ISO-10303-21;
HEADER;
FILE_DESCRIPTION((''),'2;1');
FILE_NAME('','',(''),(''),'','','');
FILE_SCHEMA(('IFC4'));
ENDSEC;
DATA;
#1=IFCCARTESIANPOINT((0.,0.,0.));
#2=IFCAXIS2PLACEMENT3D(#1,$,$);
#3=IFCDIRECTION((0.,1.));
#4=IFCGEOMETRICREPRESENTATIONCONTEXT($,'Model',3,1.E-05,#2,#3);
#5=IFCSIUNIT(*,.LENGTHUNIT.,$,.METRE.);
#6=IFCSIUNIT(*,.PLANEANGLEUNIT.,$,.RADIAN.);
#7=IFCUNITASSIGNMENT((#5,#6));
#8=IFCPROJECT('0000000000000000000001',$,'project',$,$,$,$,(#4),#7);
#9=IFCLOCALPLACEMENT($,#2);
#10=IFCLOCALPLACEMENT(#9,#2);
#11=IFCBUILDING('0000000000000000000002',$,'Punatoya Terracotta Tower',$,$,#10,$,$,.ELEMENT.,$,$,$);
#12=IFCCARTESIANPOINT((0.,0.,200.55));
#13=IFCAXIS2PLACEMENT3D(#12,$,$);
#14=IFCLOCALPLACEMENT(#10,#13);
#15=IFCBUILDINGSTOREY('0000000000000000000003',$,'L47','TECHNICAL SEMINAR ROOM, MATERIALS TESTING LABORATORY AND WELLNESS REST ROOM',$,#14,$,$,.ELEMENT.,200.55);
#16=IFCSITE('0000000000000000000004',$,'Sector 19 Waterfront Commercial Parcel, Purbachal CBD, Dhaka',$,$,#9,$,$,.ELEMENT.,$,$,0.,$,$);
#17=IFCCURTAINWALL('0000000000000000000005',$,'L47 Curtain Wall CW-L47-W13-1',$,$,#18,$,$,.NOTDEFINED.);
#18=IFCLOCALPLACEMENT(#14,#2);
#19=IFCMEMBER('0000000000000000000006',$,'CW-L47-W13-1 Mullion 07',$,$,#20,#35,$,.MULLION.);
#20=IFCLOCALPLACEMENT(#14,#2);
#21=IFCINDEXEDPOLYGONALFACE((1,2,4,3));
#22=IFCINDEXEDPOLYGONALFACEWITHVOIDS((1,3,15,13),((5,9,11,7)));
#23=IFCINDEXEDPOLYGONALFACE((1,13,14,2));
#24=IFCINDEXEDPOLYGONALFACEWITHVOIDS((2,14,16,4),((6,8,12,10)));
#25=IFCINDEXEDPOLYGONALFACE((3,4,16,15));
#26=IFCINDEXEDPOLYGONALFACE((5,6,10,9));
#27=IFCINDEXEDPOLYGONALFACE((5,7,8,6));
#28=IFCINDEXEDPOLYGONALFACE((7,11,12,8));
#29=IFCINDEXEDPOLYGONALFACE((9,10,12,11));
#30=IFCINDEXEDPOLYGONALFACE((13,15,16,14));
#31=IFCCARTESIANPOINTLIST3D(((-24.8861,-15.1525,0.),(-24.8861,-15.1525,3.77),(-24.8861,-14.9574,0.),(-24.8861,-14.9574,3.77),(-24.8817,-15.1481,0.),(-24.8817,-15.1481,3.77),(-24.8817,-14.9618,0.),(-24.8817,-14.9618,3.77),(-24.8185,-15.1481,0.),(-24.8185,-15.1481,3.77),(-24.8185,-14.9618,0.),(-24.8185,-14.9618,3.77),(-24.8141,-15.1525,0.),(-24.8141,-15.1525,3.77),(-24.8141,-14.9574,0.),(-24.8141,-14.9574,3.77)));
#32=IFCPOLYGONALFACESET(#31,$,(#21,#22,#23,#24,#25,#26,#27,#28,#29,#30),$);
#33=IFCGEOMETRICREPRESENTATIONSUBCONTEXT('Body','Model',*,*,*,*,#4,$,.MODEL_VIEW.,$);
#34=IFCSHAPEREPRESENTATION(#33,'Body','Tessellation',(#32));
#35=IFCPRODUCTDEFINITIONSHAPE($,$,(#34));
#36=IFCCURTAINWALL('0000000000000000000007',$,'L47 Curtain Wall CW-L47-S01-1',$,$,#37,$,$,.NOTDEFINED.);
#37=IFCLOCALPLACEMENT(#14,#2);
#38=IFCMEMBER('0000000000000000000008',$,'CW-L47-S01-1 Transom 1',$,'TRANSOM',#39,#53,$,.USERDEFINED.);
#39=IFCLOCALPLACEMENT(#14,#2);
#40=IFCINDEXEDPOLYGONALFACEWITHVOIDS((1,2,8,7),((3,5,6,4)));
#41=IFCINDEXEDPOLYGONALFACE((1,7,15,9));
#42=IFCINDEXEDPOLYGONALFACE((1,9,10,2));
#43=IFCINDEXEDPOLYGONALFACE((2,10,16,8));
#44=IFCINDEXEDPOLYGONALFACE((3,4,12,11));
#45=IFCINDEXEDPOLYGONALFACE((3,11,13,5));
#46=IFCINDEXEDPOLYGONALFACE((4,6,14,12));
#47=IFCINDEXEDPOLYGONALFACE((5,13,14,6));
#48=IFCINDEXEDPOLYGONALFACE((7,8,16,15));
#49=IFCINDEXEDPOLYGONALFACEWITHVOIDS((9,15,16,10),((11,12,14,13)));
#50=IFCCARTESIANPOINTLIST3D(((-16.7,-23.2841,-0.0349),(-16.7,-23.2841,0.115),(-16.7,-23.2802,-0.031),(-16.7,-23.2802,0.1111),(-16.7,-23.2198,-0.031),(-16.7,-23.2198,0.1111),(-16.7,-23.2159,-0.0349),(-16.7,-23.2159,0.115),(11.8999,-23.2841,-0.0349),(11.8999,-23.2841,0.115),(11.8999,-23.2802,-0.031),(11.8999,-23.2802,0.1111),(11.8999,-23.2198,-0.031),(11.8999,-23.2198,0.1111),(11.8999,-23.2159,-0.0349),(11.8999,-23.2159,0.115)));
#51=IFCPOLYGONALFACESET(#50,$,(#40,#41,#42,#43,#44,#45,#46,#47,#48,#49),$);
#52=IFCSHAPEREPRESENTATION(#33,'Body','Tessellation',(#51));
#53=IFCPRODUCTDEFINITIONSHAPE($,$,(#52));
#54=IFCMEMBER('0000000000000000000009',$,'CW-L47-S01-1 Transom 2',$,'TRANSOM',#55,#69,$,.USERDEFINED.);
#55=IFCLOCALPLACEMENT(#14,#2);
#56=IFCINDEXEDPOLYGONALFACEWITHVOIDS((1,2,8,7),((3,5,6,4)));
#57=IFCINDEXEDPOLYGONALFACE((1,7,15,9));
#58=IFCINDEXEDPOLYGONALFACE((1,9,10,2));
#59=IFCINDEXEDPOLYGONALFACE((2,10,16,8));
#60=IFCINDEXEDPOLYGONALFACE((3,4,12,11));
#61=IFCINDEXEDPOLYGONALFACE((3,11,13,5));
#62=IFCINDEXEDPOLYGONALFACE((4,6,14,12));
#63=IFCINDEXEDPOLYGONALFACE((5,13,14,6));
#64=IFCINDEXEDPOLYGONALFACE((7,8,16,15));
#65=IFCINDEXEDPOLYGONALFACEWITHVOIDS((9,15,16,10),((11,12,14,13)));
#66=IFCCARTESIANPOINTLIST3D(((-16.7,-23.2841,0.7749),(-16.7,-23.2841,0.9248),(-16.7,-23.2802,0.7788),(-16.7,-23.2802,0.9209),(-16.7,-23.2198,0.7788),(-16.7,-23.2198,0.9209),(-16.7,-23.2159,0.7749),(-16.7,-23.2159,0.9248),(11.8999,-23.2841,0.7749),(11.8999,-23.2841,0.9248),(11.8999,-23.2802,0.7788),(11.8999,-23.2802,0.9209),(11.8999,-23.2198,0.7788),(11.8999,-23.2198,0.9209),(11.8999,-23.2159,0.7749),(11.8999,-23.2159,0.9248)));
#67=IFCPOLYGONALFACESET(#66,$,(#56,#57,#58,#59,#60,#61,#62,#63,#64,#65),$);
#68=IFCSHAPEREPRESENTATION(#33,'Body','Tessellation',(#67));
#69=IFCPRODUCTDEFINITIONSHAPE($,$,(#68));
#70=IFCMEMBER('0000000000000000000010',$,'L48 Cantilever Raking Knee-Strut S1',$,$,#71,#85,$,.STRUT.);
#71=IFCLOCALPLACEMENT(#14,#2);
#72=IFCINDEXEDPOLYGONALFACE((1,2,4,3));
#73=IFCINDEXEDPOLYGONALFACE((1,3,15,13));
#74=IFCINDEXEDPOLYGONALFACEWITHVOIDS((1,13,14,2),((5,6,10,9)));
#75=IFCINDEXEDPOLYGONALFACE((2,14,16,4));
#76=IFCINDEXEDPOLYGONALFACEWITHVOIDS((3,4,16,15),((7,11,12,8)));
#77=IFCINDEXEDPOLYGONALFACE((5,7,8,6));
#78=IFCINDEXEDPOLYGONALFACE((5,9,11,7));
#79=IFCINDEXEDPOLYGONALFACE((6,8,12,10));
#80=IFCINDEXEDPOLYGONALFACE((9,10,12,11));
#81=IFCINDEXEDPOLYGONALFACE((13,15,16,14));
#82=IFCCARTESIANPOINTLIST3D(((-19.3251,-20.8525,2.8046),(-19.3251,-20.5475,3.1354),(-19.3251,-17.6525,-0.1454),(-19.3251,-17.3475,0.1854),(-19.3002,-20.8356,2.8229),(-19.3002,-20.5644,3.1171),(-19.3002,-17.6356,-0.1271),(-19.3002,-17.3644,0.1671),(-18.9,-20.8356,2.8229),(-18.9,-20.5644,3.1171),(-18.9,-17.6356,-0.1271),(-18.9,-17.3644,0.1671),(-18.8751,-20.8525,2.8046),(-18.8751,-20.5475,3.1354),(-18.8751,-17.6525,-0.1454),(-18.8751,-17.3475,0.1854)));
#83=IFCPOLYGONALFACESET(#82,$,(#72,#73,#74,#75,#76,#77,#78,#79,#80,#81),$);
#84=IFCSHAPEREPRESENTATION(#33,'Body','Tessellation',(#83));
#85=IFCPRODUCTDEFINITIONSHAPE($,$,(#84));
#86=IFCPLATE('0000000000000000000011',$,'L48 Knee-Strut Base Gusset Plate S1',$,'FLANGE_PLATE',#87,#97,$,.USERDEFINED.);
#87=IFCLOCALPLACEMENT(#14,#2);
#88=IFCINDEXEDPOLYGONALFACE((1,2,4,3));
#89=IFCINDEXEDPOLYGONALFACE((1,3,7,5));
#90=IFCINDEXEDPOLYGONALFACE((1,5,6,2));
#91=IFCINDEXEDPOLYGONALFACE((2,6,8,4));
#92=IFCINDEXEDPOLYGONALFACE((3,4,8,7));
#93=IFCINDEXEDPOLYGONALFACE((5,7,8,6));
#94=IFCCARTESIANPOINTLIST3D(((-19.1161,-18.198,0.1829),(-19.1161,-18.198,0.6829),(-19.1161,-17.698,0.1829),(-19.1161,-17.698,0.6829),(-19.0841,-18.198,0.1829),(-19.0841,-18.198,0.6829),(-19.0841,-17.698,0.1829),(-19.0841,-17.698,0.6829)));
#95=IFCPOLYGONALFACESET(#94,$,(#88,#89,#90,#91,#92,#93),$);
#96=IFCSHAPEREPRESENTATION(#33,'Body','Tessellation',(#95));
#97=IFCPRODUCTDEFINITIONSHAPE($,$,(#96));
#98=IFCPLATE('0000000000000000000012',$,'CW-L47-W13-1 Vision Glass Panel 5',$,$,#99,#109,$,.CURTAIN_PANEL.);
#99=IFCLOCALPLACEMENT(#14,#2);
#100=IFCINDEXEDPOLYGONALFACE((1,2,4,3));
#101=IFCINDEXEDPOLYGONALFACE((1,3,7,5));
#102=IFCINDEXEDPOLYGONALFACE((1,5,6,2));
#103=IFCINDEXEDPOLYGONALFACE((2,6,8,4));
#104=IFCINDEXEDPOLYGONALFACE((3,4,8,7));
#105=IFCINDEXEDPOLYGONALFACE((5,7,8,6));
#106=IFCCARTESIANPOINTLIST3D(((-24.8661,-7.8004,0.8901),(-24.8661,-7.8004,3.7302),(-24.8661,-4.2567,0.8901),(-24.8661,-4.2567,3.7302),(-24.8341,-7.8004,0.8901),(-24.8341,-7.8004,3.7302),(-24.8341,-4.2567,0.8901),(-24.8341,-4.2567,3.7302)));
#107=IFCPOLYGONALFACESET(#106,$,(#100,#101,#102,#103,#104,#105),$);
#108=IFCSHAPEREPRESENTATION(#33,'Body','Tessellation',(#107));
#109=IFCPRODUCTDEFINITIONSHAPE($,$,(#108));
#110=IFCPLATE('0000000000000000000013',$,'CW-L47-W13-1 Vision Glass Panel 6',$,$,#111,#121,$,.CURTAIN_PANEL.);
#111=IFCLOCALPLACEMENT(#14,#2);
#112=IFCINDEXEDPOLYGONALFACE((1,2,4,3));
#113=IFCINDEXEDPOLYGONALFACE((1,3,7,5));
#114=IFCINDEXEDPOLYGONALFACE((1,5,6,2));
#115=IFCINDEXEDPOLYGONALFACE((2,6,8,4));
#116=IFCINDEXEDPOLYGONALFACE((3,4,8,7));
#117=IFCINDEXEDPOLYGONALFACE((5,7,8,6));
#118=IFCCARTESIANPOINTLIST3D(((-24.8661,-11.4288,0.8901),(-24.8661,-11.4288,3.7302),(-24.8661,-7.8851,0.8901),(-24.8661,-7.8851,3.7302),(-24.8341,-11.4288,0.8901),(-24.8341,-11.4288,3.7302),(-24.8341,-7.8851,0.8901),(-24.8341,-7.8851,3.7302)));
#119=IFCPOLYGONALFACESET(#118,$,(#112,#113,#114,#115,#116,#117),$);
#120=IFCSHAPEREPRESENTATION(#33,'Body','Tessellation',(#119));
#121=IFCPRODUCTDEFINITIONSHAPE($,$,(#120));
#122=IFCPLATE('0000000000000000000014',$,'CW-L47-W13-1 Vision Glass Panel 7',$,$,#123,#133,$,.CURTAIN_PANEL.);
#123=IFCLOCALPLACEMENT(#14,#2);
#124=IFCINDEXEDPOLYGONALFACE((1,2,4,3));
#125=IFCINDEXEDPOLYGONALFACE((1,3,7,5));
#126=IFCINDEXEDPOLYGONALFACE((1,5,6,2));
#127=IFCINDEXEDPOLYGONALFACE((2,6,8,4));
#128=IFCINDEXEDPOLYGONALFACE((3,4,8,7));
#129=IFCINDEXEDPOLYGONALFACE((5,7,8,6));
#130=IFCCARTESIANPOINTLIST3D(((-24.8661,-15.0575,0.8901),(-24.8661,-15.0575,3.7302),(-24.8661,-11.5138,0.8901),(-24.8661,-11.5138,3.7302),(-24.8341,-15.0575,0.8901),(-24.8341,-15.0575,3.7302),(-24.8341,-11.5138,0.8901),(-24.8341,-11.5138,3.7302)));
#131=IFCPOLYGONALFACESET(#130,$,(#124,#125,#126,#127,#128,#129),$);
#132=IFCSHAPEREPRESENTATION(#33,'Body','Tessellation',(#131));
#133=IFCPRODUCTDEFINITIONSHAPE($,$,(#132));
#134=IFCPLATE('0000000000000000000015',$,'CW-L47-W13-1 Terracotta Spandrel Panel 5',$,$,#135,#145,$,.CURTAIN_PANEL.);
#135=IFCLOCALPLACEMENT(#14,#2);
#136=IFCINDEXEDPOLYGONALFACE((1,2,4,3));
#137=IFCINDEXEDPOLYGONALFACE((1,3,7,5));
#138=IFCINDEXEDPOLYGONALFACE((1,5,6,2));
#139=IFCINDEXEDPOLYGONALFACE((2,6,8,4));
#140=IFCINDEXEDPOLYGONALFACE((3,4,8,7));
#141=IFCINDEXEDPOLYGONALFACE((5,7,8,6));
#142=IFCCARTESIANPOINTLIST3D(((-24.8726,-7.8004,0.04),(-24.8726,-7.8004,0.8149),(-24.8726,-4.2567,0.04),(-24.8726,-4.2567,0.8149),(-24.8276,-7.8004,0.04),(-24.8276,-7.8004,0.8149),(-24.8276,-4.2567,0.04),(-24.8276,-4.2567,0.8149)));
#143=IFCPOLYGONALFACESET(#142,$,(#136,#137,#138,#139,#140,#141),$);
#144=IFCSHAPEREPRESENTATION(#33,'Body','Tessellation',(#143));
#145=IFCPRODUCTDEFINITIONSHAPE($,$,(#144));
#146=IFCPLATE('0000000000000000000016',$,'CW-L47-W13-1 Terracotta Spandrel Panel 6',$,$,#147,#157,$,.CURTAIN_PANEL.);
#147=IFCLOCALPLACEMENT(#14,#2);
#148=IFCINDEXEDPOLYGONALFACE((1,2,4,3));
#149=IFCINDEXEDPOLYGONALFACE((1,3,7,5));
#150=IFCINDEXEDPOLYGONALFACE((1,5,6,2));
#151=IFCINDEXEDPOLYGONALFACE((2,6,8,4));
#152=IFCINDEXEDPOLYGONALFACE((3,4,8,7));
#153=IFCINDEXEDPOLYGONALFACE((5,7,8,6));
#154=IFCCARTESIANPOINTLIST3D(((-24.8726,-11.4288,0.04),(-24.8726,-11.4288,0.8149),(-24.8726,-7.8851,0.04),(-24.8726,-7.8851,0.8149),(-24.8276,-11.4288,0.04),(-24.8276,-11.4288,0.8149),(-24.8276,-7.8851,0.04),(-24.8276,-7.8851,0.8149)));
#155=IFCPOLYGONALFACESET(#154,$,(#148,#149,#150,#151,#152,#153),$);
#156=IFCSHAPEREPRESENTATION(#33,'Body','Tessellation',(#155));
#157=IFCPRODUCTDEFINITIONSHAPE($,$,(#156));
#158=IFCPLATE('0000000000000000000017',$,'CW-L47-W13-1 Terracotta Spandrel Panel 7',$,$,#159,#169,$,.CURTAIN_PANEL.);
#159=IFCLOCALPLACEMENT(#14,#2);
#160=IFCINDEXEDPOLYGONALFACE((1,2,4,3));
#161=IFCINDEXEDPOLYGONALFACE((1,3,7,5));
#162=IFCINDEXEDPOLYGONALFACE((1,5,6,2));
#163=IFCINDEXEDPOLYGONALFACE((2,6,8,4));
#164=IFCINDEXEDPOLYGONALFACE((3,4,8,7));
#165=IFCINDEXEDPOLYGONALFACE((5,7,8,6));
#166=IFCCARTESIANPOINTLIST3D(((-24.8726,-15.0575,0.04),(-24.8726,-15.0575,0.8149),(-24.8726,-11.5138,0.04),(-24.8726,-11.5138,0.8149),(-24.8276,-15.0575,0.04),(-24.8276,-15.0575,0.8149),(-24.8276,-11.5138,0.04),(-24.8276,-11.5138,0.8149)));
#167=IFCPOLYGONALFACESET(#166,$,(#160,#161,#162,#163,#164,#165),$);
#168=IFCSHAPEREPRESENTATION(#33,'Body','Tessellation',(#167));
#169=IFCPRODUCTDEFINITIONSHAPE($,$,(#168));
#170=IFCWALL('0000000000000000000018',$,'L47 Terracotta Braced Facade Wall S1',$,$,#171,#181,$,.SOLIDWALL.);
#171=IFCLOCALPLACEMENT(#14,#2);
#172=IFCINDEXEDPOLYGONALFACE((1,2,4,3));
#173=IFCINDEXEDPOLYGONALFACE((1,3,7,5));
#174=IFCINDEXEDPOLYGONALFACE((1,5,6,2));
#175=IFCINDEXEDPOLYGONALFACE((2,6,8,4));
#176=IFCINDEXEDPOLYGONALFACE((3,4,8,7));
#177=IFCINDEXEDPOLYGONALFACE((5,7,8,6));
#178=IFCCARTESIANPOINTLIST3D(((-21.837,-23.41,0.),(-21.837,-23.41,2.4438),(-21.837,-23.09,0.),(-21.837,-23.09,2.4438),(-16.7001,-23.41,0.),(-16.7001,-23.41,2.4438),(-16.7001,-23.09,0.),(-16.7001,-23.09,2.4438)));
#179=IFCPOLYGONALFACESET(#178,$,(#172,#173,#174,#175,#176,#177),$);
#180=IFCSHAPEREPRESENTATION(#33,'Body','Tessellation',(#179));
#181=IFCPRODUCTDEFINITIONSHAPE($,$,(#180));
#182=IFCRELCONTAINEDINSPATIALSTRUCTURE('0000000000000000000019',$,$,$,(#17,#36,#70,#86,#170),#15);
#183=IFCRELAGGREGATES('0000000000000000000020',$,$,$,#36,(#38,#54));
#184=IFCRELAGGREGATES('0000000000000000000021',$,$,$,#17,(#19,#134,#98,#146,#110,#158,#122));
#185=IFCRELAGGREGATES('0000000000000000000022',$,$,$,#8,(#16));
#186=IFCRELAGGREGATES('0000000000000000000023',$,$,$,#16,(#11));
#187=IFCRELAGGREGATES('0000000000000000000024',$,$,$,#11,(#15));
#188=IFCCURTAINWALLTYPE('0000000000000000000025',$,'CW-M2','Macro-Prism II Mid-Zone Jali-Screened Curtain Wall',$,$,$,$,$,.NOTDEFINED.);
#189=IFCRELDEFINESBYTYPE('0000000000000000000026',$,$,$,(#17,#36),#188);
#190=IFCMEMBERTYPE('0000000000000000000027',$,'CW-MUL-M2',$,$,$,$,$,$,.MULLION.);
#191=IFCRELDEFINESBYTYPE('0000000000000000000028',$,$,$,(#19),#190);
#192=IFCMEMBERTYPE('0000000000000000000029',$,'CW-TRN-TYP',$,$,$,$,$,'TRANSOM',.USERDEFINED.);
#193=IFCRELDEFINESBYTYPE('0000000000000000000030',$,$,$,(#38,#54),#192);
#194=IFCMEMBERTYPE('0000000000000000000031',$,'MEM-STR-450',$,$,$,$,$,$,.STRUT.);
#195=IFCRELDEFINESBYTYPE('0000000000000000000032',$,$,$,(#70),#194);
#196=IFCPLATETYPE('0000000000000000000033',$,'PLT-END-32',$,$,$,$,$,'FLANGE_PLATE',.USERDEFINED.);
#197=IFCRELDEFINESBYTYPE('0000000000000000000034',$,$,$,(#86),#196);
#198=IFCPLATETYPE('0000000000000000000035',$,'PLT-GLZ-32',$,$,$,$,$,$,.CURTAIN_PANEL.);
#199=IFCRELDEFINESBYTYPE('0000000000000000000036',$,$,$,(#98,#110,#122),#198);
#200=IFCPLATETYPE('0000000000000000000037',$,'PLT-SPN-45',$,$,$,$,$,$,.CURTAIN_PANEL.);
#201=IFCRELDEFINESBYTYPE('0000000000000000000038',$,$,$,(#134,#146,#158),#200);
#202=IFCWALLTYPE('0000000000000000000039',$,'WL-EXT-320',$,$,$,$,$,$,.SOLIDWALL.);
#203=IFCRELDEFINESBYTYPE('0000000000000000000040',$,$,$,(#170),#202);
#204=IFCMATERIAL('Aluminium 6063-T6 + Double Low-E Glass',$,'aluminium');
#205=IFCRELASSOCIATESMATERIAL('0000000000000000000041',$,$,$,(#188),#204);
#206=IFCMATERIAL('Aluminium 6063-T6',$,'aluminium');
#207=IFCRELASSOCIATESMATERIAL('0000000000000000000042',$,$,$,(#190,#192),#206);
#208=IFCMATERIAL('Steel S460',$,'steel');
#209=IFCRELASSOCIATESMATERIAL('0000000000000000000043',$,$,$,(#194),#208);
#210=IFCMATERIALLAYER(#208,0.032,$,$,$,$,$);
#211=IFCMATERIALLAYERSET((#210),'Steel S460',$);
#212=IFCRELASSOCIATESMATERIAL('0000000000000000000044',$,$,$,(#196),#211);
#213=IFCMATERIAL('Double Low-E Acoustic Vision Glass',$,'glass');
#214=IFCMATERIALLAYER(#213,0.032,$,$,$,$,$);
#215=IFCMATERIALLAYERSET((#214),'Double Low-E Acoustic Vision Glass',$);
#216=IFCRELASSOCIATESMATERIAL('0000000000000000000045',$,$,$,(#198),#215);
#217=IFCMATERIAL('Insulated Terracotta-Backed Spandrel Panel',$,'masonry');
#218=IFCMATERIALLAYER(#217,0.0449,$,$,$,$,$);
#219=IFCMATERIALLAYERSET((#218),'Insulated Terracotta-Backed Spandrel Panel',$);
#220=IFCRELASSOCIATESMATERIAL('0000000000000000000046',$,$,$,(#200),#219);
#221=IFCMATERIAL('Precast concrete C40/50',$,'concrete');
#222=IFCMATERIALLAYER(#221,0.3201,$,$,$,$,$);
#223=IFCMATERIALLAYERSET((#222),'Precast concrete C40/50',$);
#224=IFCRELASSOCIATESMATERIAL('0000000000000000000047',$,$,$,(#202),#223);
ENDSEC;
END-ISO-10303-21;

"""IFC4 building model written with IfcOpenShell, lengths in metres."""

from ifc_helpers import new_model, si_unit, direction, frame, frame_2d, origin, origin_2d, place, context, subcontext, project, spatial, rectangle, hollow_rectangle, extrude, material, layer, layer_set, material_profile, profile_set, type_object, element, aggregate, save


model = new_model("IFC4")

# Units and contexts
model_context = context("Model", 3, precision=1e-05, world=origin(), true_north=direction((0.0, 1.0)))
body_context = subcontext(model_context, "Body", "Model", "MODEL_VIEW")
ifc_project = project(units=[si_unit("LENGTHUNIT", "METRE"), si_unit("PLANEANGLEUNIT", "RADIAN")], contexts=[model_context])

# Site, building, storey
site_placement = place(None, origin())
site = spatial("IfcSite", under=ifc_project, at=site_placement, Name="Sector 19 Waterfront Commercial Parcel, Purbachal CBD, Dhaka", CompositionType="ELEMENT", RefElevation=0.0)
building_placement = place(site_placement, origin())
building = spatial("IfcBuilding", under=site, at=building_placement, Name="Punatoya Terracotta Tower", CompositionType="ELEMENT")
storey_placement = place(building_placement, frame((0.0, 0.0, 200.55)))
storey = spatial("IfcBuildingStorey", under=building, at=storey_placement, Name="L47", Description="TECHNICAL SEMINAR ROOM, MATERIALS TESTING LABORATORY AND WELLNESS REST ROOM", CompositionType="ELEMENT", Elevation=200.55)

# Shared definitions
ifc_material_1 = material(Name="Steel S460", Category="steel")

# Curtain walls, members
ifc_material_2 = material(Name="Aluminium 6063-T6 + Double Low-E Glass", Category="aluminium")
curtain_wall_type = type_object("IfcCurtainWallType", Name="CW-M2", Description="Macro-Prism II Mid-Zone Jali-Screened Curtain Wall", PredefinedType="NOTDEFINED", material=ifc_material_2)
curtain_wall_1_placement = place(storey_placement, origin())
curtain_wall_1 = element("IfcCurtainWall", 1, at=curtain_wall_1_placement, inside=storey, type_object=curtain_wall_type, Name="L47 Curtain Wall CW-L47-W13-1", PredefinedType="NOTDEFINED")
ifc_material_3 = material(Name="Aluminium 6063-T6", Category="aluminium")
ifc_material_profile_1 = material_profile(ifc_material_3, hollow_rectangle(XDim=0.072, YDim=0.1951, WallThickness=0.0044, at=origin_2d()))
ifc_profile_set_1 = profile_set([ifc_material_profile_1], Name="Aluminium 6063-T6")
member_type_1 = type_object("IfcMemberType", Name="CW-MUL-M2", PredefinedType="MULLION", material=ifc_profile_set_1)
member_1_placement = place(storey_placement, frame((-24.8501, -15.0549, 0.0), z_axis=(0.0, 0.0, 1.0), x_axis=(1.0, 0.0, 0.0)))
member_1 = element("IfcMember", 2, at=member_1_placement, type_object=member_type_1, Name="CW-L47-W13-1 Mullion 07", PredefinedType="MULLION", context=body_context, shape_type="SweptSolid", body=[
    extrude(hollow_rectangle(XDim=0.072, YDim=0.1951, WallThickness=0.0044, at=origin_2d()), origin(), (0.0, 0.0, 1.0), 3.77),
])
curtain_wall_2_placement = place(storey_placement, origin())
curtain_wall_2 = element("IfcCurtainWall", 3, at=curtain_wall_2_placement, inside=storey, type_object=curtain_wall_type, Name="L47 Curtain Wall CW-L47-S01-1", PredefinedType="NOTDEFINED")
ifc_material_profile_2 = material_profile(ifc_material_3, hollow_rectangle(XDim=0.0681, YDim=0.1499, WallThickness=0.0039, at=origin_2d()))
ifc_profile_set_2 = profile_set([ifc_material_profile_2], Name="Aluminium 6063-T6")
member_type_2 = type_object("IfcMemberType", Name="CW-TRN-TYP", ElementType="TRANSOM", PredefinedType="USERDEFINED", material=ifc_profile_set_2)
member_2_placement = place(storey_placement, frame((-16.7, -23.25, 0.04), z_axis=(1.0, 0.0, 0.0), x_axis=(0.0, 1.0, 0.0)))
member_2 = element("IfcMember", 4, at=member_2_placement, type_object=member_type_2, Name="CW-L47-S01-1 Transom 1", ObjectType="TRANSOM", PredefinedType="USERDEFINED", context=body_context, shape_type="SweptSolid", body=[
    extrude(hollow_rectangle(XDim=0.0681, YDim=0.1499, WallThickness=0.0039, at=origin_2d()), origin(), (0.0, 0.0, 1.0), 28.5999),
])
member_3_placement = place(storey_placement, frame((-16.7, -23.25, 0.8499), z_axis=(1.0, 0.0, 0.0), x_axis=(0.0, 1.0, 0.0)))
member_3 = element("IfcMember", 5, at=member_3_placement, type_object=member_type_2, Name="CW-L47-S01-1 Transom 2", ObjectType="TRANSOM", PredefinedType="USERDEFINED", context=body_context, shape_type="SweptSolid", body=[
    extrude(hollow_rectangle(XDim=0.0681, YDim=0.1499, WallThickness=0.0039, at=origin_2d()), origin(), (0.0, 0.0, 1.0), 28.5999),
])
aggregate(curtain_wall_2, [member_2, member_3])

# Member
ifc_material_profile_3 = material_profile(ifc_material_1, hollow_rectangle(XDim=0.45, YDim=0.45, WallThickness=0.0249, at=origin_2d()))
ifc_profile_set_3 = profile_set([ifc_material_profile_3], Name="Steel S460")
member_type_3 = type_object("IfcMemberType", Name="MEM-STR-450", PredefinedType="STRUT", material=ifc_profile_set_3)
member_4_placement = place(storey_placement, frame((-19.1001, -17.5, 0.02), z_axis=(0.0, -0.735244, 0.677802), x_axis=(1.0, 0.0, 0.0)))
element("IfcMember", 6, at=member_4_placement, inside=storey, type_object=member_type_3, Name="L48 Cantilever Raking Knee-Strut S1", PredefinedType="STRUT", context=body_context, shape_type="SweptSolid", body=[
    extrude(hollow_rectangle(XDim=0.45, YDim=0.45, WallThickness=0.0249, at=origin_2d()), origin(), (0.0, 0.0, 1.0), 4.3523),
])

# Plates
ifc_layer_1 = layer(ifc_material_1, 0.032)
ifc_layer_set_1 = layer_set([ifc_layer_1], Name="Steel S460")
plate_type_1 = type_object("IfcPlateType", Name="PLT-END-32", ElementType="FLANGE_PLATE", PredefinedType="USERDEFINED", material=ifc_layer_set_1)
plate_1_placement = place(storey_placement, frame((-19.1001, -17.948, 0.1829), z_axis=(0.0, 0.0, 1.0), x_axis=(0.0, 1.0, 0.0)))
element("IfcPlate", 7, at=plate_1_placement, inside=storey, type_object=plate_type_1, Name="L48 Knee-Strut Base Gusset Plate S1", ObjectType="FLANGE_PLATE", PredefinedType="USERDEFINED", context=body_context, shape_type="SweptSolid", body=[
    extrude(rectangle(XDim=0.5, YDim=0.032, at=origin_2d()), origin(), (0.0, 0.0, 1.0), 0.5),
])
ifc_material_4 = material(Name="Double Low-E Acoustic Vision Glass", Category="glass")
ifc_layer_2 = layer(ifc_material_4, 0.032)
ifc_layer_set_2 = layer_set([ifc_layer_2], Name="Double Low-E Acoustic Vision Glass")
plate_type_2 = type_object("IfcPlateType", Name="PLT-GLZ-32", PredefinedType="CURTAIN_PANEL", material=ifc_layer_set_2)
plate_2_placement = place(storey_placement, frame((-24.8501, -6.0286, 0.8901), z_axis=(0.0, 0.0, 1.0), x_axis=(0.0, -1.0, 0.0)))
plate_2 = element("IfcPlate", 8, at=plate_2_placement, type_object=plate_type_2, Name="CW-L47-W13-1 Vision Glass Panel 5", PredefinedType="CURTAIN_PANEL", context=body_context, shape_type="SweptSolid", body=[
    extrude(rectangle(XDim=3.5437, YDim=0.032, at=origin_2d()), origin(), (0.0, 0.0, 1.0), 2.8401),
])
plate_3_placement = place(storey_placement, frame((-24.8501, -9.657, 0.8901), z_axis=(0.0, 0.0, 1.0), x_axis=(0.0, -1.0, 0.0)))
plate_3 = element("IfcPlate", 9, at=plate_3_placement, type_object=plate_type_2, Name="CW-L47-W13-1 Vision Glass Panel 6", PredefinedType="CURTAIN_PANEL", context=body_context, shape_type="SweptSolid", body=[
    extrude(rectangle(XDim=3.5437, YDim=0.032, at=origin_2d()), origin(), (0.0, 0.0, 1.0), 2.8401),
])
plate_4_placement = place(storey_placement, frame((-24.8501, -13.2856, 0.8901), z_axis=(0.0, 0.0, 1.0), x_axis=(0.0, -1.0, 0.0)))
plate_4 = element("IfcPlate", 10, at=plate_4_placement, type_object=plate_type_2, Name="CW-L47-W13-1 Vision Glass Panel 7", PredefinedType="CURTAIN_PANEL", context=body_context, shape_type="SweptSolid", body=[
    extrude(rectangle(XDim=3.5437, YDim=0.032, at=origin_2d()), origin(), (0.0, 0.0, 1.0), 2.8401),
])
ifc_material_5 = material(Name="Insulated Terracotta-Backed Spandrel Panel", Category="masonry")
ifc_layer_3 = layer(ifc_material_5, 0.0449)
ifc_layer_set_3 = layer_set([ifc_layer_3], Name="Insulated Terracotta-Backed Spandrel Panel")
plate_type_3 = type_object("IfcPlateType", Name="PLT-SPN-45", PredefinedType="CURTAIN_PANEL", material=ifc_layer_set_3)
plate_5_placement = place(storey_placement, frame((-24.8501, -6.0286, 0.04), z_axis=(0.0, 0.0, 1.0), x_axis=(0.0, -1.0, 0.0)))
plate_5 = element("IfcPlate", 11, at=plate_5_placement, type_object=plate_type_3, Name="CW-L47-W13-1 Terracotta Spandrel Panel 5", PredefinedType="CURTAIN_PANEL", context=body_context, shape_type="SweptSolid", body=[
    extrude(rectangle(XDim=3.5437, YDim=0.0449, at=origin_2d()), origin(), (0.0, 0.0, 1.0), 0.7749),
])
plate_6_placement = place(storey_placement, frame((-24.8501, -9.657, 0.04), z_axis=(0.0, 0.0, 1.0), x_axis=(0.0, -1.0, 0.0)))
plate_6 = element("IfcPlate", 12, at=plate_6_placement, type_object=plate_type_3, Name="CW-L47-W13-1 Terracotta Spandrel Panel 6", PredefinedType="CURTAIN_PANEL", context=body_context, shape_type="SweptSolid", body=[
    extrude(rectangle(XDim=3.5437, YDim=0.0449, at=origin_2d()), origin(), (0.0, 0.0, 1.0), 0.7749),
])
plate_7_placement = place(storey_placement, frame((-24.8501, -13.2856, 0.04), z_axis=(0.0, 0.0, 1.0), x_axis=(0.0, -1.0, 0.0)))
plate_7 = element("IfcPlate", 13, at=plate_7_placement, type_object=plate_type_3, Name="CW-L47-W13-1 Terracotta Spandrel Panel 7", PredefinedType="CURTAIN_PANEL", context=body_context, shape_type="SweptSolid", body=[
    extrude(rectangle(XDim=3.5437, YDim=0.0449, at=origin_2d()), origin(), (0.0, 0.0, 1.0), 0.7749),
])
aggregate(curtain_wall_1, [member_1, plate_5, plate_2, plate_6, plate_3, plate_7, plate_4])

# Wall
ifc_material_6 = material(Name="Precast concrete C40/50", Category="concrete")
ifc_layer_4 = layer(ifc_material_6, 0.3201)
ifc_layer_set_4 = layer_set([ifc_layer_4], Name="Precast concrete C40/50")
wall_type_1 = type_object("IfcWallType", Name="WL-EXT-320", PredefinedType="SOLIDWALL", material=ifc_layer_set_4)
wall_1_placement = place(storey_placement, frame((-21.8369, -23.25, 0.0), z_axis=(0.0, 0.0, 1.0), x_axis=(1.0, 0.0, 0.0)))
element("IfcWall", 14, at=wall_1_placement, inside=storey, type_object=wall_type_1, Name="L47 Terracotta Braced Facade Wall S1", PredefinedType="SOLIDWALL", context=body_context, shape_type="SweptSolid", body=[
    extrude(rectangle(XDim=5.137, YDim=0.3201, at=frame_2d((2.5684, 0.0))), origin(), (0.0, 0.0, 1.0), 2.4438),
])

save(model, "model.ifc")
